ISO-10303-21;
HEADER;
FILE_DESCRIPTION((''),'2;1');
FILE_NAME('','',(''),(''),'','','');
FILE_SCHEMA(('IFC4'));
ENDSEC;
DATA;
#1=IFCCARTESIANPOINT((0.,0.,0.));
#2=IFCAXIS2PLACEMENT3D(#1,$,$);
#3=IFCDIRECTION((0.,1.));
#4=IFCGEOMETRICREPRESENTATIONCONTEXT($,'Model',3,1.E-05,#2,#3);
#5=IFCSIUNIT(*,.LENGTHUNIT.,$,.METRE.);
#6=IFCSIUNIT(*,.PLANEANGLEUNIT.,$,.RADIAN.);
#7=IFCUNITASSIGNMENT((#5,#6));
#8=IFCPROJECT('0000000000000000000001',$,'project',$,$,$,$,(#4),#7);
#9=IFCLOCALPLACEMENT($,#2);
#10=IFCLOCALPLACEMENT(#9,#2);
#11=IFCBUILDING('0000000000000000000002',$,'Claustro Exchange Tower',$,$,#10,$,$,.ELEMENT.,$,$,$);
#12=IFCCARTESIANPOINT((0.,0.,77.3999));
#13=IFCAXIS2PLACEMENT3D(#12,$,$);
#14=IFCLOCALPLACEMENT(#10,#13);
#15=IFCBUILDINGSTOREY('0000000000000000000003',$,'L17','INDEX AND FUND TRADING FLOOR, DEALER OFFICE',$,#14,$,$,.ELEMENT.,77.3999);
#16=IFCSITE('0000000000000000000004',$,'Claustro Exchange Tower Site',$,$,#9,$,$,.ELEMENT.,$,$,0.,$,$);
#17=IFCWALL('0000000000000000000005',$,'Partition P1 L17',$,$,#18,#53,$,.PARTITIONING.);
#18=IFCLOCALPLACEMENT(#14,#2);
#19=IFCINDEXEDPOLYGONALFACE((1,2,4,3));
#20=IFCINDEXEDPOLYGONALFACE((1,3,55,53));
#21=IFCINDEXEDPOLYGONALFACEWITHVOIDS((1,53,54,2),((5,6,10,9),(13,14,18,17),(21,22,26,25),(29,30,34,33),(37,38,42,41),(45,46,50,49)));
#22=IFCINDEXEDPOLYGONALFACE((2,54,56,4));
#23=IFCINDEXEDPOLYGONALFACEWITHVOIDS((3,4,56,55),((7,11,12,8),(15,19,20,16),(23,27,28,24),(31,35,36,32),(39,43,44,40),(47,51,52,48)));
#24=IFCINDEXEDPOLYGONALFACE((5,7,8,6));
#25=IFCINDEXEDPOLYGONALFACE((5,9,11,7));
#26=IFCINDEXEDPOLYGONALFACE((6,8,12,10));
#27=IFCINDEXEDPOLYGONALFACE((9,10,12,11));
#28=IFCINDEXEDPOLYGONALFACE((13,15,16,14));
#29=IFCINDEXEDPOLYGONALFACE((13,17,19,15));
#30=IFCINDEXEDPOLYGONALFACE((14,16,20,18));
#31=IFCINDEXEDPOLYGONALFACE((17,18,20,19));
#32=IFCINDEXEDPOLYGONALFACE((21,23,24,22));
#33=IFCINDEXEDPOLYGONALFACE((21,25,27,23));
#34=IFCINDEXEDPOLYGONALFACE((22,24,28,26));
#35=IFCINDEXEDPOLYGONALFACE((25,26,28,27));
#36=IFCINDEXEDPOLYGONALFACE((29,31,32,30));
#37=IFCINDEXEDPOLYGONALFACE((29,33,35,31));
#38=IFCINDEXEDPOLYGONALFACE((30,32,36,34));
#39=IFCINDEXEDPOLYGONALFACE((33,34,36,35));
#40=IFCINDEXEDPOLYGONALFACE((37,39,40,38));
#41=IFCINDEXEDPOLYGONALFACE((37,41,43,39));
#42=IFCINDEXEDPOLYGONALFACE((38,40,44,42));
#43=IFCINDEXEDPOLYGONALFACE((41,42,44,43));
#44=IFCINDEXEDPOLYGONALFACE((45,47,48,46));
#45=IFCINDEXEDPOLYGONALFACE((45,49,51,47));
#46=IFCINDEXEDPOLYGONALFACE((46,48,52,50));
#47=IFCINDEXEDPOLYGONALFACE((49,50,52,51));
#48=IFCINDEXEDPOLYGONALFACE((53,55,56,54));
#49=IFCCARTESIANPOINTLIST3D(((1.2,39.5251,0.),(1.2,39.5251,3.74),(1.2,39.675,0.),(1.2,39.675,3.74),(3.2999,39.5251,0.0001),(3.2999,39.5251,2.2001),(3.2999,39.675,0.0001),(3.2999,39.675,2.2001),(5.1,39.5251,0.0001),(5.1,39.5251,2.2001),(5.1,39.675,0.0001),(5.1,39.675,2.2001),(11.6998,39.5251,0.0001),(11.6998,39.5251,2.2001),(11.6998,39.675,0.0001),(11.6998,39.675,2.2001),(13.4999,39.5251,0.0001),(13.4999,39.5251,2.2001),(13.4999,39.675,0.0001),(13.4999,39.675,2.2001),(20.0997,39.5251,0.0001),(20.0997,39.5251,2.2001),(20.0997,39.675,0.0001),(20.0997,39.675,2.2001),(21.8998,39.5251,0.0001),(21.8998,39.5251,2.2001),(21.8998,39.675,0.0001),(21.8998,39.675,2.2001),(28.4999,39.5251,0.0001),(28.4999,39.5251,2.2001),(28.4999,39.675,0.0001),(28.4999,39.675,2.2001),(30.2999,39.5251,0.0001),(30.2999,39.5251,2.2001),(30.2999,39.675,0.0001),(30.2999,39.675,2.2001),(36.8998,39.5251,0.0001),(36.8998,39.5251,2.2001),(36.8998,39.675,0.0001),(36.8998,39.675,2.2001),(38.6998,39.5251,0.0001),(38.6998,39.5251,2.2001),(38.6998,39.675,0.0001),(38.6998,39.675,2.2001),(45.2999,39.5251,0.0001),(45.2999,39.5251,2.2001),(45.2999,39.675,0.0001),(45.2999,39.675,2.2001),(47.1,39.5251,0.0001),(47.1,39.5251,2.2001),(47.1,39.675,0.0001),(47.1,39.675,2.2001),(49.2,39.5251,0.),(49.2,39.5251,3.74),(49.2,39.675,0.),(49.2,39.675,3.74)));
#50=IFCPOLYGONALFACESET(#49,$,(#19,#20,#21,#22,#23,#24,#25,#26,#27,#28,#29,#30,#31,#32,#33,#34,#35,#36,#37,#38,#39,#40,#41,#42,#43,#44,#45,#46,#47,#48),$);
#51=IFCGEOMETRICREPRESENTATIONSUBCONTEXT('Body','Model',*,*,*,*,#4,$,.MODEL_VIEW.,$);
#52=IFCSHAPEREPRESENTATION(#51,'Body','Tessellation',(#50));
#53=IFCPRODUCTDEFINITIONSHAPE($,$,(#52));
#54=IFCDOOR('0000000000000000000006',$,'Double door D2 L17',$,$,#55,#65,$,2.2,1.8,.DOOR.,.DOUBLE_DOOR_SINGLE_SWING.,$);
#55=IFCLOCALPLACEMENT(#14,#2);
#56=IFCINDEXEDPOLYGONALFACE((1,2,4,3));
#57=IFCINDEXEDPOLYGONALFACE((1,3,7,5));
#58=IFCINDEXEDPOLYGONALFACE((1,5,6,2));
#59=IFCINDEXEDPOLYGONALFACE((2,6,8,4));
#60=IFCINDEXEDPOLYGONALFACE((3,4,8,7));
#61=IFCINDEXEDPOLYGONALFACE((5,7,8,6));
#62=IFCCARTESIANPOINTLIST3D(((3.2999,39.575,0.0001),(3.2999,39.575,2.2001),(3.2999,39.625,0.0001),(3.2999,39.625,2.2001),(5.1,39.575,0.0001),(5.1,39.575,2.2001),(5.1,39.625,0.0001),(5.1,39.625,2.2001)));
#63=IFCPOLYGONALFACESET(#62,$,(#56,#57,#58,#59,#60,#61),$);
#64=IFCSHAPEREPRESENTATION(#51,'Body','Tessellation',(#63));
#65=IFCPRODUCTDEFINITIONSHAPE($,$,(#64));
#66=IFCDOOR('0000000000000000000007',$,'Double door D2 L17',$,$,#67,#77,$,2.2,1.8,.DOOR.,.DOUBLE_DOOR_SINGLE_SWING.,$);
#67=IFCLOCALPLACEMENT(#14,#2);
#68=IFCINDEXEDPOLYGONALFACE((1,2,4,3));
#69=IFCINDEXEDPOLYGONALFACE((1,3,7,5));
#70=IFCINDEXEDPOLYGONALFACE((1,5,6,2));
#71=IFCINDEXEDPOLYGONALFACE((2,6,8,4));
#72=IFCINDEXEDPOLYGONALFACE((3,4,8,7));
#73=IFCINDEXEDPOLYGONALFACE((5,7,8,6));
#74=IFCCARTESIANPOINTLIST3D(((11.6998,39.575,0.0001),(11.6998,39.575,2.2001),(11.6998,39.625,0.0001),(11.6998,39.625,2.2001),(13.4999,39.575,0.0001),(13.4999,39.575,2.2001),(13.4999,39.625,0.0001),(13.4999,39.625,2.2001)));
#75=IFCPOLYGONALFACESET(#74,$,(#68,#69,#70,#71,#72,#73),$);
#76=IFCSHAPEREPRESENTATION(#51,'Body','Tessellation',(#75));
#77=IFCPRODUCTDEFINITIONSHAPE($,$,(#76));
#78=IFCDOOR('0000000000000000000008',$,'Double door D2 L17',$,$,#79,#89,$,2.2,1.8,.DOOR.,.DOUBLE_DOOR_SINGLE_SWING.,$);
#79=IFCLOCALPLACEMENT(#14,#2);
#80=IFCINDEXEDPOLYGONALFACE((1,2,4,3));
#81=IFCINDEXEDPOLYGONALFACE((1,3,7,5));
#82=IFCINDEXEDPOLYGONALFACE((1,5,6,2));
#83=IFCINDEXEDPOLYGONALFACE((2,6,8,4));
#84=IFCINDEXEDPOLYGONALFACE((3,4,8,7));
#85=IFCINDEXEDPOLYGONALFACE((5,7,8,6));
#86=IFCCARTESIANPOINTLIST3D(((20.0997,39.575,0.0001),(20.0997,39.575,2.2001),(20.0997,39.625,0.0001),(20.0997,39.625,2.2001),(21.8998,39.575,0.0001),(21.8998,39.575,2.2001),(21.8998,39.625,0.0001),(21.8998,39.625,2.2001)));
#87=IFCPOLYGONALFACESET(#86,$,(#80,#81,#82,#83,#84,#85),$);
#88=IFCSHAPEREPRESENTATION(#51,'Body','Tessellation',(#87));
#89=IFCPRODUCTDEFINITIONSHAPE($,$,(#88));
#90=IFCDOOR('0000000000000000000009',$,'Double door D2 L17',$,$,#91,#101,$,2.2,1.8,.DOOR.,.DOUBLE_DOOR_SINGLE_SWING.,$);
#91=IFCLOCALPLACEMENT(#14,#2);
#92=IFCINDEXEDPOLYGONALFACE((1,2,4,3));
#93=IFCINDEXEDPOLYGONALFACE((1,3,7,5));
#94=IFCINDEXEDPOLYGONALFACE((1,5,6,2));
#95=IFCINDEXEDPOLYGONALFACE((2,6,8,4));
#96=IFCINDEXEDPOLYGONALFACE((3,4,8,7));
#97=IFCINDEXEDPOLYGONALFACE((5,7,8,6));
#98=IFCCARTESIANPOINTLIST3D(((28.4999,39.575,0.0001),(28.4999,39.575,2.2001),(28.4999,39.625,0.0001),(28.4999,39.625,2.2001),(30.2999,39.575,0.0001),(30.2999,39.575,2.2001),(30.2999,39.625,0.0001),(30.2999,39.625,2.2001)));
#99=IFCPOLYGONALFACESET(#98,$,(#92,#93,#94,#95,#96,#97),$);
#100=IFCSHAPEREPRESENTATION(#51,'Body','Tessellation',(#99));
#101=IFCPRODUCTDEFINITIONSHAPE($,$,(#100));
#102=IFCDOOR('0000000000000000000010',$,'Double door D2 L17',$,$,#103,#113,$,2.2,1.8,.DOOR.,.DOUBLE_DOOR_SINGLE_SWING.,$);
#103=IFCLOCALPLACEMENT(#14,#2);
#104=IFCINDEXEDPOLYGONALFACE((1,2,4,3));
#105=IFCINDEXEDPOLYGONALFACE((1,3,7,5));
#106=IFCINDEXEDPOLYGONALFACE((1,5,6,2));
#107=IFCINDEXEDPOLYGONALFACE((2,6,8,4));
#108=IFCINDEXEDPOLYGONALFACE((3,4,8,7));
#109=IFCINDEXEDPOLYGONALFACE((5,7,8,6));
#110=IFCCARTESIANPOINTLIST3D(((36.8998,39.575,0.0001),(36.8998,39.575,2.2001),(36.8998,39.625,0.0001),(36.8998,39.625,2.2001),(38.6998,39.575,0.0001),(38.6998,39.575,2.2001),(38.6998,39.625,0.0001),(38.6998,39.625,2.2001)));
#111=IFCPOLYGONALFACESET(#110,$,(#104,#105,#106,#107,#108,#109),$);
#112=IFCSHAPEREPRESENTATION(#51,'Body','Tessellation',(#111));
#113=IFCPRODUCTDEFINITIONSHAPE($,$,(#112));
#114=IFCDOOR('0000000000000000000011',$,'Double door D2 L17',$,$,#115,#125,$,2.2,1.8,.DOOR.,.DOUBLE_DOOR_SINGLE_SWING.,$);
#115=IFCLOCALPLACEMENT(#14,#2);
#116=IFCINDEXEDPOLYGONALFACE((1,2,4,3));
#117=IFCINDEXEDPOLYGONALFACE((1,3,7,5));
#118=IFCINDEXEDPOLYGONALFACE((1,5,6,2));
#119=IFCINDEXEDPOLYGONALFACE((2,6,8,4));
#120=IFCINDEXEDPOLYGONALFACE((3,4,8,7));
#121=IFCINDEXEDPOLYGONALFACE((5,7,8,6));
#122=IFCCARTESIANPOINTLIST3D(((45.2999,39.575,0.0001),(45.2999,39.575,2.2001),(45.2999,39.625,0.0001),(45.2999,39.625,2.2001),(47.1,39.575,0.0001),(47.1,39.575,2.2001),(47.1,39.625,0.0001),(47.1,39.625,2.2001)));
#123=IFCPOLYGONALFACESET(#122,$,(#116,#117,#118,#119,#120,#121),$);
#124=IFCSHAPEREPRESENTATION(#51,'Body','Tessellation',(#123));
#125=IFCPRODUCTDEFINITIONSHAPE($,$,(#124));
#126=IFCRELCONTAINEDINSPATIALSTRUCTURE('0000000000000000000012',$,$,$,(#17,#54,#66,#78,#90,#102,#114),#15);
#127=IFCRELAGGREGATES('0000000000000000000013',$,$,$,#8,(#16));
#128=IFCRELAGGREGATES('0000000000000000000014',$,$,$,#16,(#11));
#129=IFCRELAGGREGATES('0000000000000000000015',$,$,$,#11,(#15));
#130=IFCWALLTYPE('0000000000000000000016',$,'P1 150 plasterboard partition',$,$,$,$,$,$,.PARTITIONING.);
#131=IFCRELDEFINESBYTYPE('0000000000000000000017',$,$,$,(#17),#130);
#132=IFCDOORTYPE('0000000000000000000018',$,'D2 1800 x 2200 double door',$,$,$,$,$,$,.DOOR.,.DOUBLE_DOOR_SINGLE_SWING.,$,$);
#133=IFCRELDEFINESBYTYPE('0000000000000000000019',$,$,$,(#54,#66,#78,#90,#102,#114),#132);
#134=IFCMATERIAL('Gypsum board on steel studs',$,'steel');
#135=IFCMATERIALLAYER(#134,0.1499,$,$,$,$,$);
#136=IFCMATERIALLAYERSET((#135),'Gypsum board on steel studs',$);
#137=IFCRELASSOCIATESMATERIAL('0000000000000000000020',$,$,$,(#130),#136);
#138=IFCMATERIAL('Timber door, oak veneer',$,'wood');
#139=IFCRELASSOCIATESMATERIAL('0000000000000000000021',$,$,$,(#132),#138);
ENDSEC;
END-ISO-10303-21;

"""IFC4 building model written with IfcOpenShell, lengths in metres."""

from ifc_helpers import new_model, si_unit, direction, frame, frame_2d, origin, place, context, subcontext, project, spatial, rectangle, extrude, material, layer, layer_set, type_object, element, fill, save


model = new_model("IFC4")

# Units and contexts
model_context = context("Model", 3, precision=1e-05, world=origin(), true_north=direction((0.0, 1.0)))
body_context = subcontext(model_context, "Body", "Model", "MODEL_VIEW")
ifc_project = project(units=[si_unit("LENGTHUNIT", "METRE"), si_unit("PLANEANGLEUNIT", "RADIAN")], contexts=[model_context])

# Site, building, storey
site_placement = place(None, origin())
site = spatial("IfcSite", under=ifc_project, at=site_placement, Name="Claustro Exchange Tower Site", CompositionType="ELEMENT", RefElevation=0.0)
building_placement = place(site_placement, origin())
building = spatial("IfcBuilding", under=site, at=building_placement, Name="Claustro Exchange Tower", CompositionType="ELEMENT")
storey_placement = place(building_placement, frame((0.0, 0.0, 77.3999)))
storey = spatial("IfcBuildingStorey", under=building, at=storey_placement, Name="L17", Description="INDEX AND FUND TRADING FLOOR, DEALER OFFICE", CompositionType="ELEMENT", Elevation=77.3999)

# Shared definitions
ifc_material_1 = material(Name="Gypsum board on steel studs", Category="steel")
ifc_layer_1 = layer(ifc_material_1, 0.1499)
ifc_layer_set_1 = layer_set([ifc_layer_1], Name="Gypsum board on steel studs")
wall_type_1 = type_object("IfcWallType", Name="P1 150 plasterboard partition", PredefinedType="PARTITIONING", material=ifc_layer_set_1)

# Wall, openings, doors
wall_1_placement = place(storey_placement, frame((1.2, 39.6001, 0.0), z_axis=(0.0, 0.0, 1.0), x_axis=(1.0, 0.0, 0.0)))
wall_1 = element("IfcWall", 1, at=wall_1_placement, inside=storey, type_object=wall_type_1, Name="Partition P1 L17", PredefinedType="PARTITIONING", context=body_context, shape_type="SweptSolid", body=[
    extrude(rectangle(XDim=48.0, YDim=0.1499, at=frame_2d((24.0, 0.0))), origin(), (0.0, 0.0, 1.0), 3.74),
])
opening_1_placement = place(wall_1_placement, frame((2.1001, 0.0, 0.0)))
opening_1 = element("IfcOpeningElement", 2, at=opening_1_placement, cuts=wall_1, PredefinedType="OPENING", context=body_context, shape_type="SweptSolid", body=[
    extrude(rectangle(XDim=1.8, YDim=2.2, at=frame_2d((0.8999, 1.1001))), frame((0.0, 0.085, 0.0), z_axis=(0.0, -1.0, 0.0), x_axis=(1.0, 0.0, 0.0)), (0.0, 0.0, 1.0), 0.1699),
])
opening_2_placement = place(wall_1_placement, frame((10.5, 0.0, 0.0)))
opening_2 = element("IfcOpeningElement", 3, at=opening_2_placement, cuts=wall_1, PredefinedType="OPENING", context=body_context, shape_type="SweptSolid", body=[
    extrude(rectangle(XDim=1.8, YDim=2.2, at=frame_2d((0.8999, 1.1001))), frame((0.0, 0.085, 0.0), z_axis=(0.0, -1.0, 0.0), x_axis=(1.0, 0.0, 0.0)), (0.0, 0.0, 1.0), 0.1699),
])
opening_3_placement = place(wall_1_placement, frame((18.8999, 0.0, 0.0)))
opening_3 = element("IfcOpeningElement", 4, at=opening_3_placement, cuts=wall_1, PredefinedType="OPENING", context=body_context, shape_type="SweptSolid", body=[
    extrude(rectangle(XDim=1.8, YDim=2.2, at=frame_2d((0.8999, 1.1001))), frame((0.0, 0.085, 0.0), z_axis=(0.0, -1.0, 0.0), x_axis=(1.0, 0.0, 0.0)), (0.0, 0.0, 1.0), 0.1699),
])
opening_4_placement = place(wall_1_placement, frame((27.3, 0.0, 0.0)))
opening_4 = element("IfcOpeningElement", 5, at=opening_4_placement, cuts=wall_1, PredefinedType="OPENING", context=body_context, shape_type="SweptSolid", body=[
    extrude(rectangle(XDim=1.8, YDim=2.2, at=frame_2d((0.8999, 1.1001))), frame((0.0, 0.085, 0.0), z_axis=(0.0, -1.0, 0.0), x_axis=(1.0, 0.0, 0.0)), (0.0, 0.0, 1.0), 0.1699),
])
opening_5_placement = place(wall_1_placement, frame((35.7, 0.0, 0.0)))
opening_5 = element("IfcOpeningElement", 6, at=opening_5_placement, cuts=wall_1, PredefinedType="OPENING", context=body_context, shape_type="SweptSolid", body=[
    extrude(rectangle(XDim=1.8, YDim=2.2, at=frame_2d((0.8999, 1.1001))), frame((0.0, 0.085, 0.0), z_axis=(0.0, -1.0, 0.0), x_axis=(1.0, 0.0, 0.0)), (0.0, 0.0, 1.0), 0.1699),
])
opening_6_placement = place(wall_1_placement, frame((44.1001, 0.0, 0.0)))
opening_6 = element("IfcOpeningElement", 7, at=opening_6_placement, cuts=wall_1, PredefinedType="OPENING", context=body_context, shape_type="SweptSolid", body=[
    extrude(rectangle(XDim=1.8, YDim=2.2, at=frame_2d((0.8999, 1.1001))), frame((0.0, 0.085, 0.0), z_axis=(0.0, -1.0, 0.0), x_axis=(1.0, 0.0, 0.0)), (0.0, 0.0, 1.0), 0.1699),
])
ifc_material_2 = material(Name="Timber door, oak veneer", Category="wood")
door_type_1 = type_object("IfcDoorType", Name="D2 1800 x 2200 double door", OperationType="DOUBLE_DOOR_SINGLE_SWING", PredefinedType="DOOR", material=ifc_material_2)
door_1_placement = place(opening_1_placement, origin())
door_1 = element("IfcDoor", 8, at=door_1_placement, inside=storey, type_object=door_type_1, Name="Double door D2 L17", OperationType="DOUBLE_DOOR_SINGLE_SWING", OverallHeight=2.2, OverallWidth=1.8, PredefinedType="DOOR", context=body_context, shape_type="SweptSolid", body=[
    extrude(rectangle(XDim=1.8, YDim=2.2, at=frame_2d((0.8999, 1.1001))), frame((0.0, 0.0249, 0.0), z_axis=(0.0, -1.0, 0.0), x_axis=(1.0, 0.0, 0.0)), (0.0, 0.0, 1.0), 0.05),
])
fill(opening_1, door_1)
door_2_placement = place(opening_2_placement, origin())
door_2 = element("IfcDoor", 9, at=door_2_placement, inside=storey, type_object=door_type_1, Name="Double door D2 L17", OperationType="DOUBLE_DOOR_SINGLE_SWING", OverallHeight=2.2, OverallWidth=1.8, PredefinedType="DOOR", context=body_context, shape_type="SweptSolid", body=[
    extrude(rectangle(XDim=1.8, YDim=2.2, at=frame_2d((0.8999, 1.1001))), frame((0.0, 0.0249, 0.0), z_axis=(0.0, -1.0, 0.0), x_axis=(1.0, 0.0, 0.0)), (0.0, 0.0, 1.0), 0.05),
])
fill(opening_2, door_2)
door_3_placement = place(opening_3_placement, origin())
door_3 = element("IfcDoor", 10, at=door_3_placement, inside=storey, type_object=door_type_1, Name="Double door D2 L17", OperationType="DOUBLE_DOOR_SINGLE_SWING", OverallHeight=2.2, OverallWidth=1.8, PredefinedType="DOOR", context=body_context, shape_type="SweptSolid", body=[
    extrude(rectangle(XDim=1.8, YDim=2.2, at=frame_2d((0.8999, 1.1001))), frame((0.0, 0.0249, 0.0), z_axis=(0.0, -1.0, 0.0), x_axis=(1.0, 0.0, 0.0)), (0.0, 0.0, 1.0), 0.05),
])
fill(opening_3, door_3)
door_4_placement = place(opening_4_placement, origin())
door_4 = element("IfcDoor", 11, at=door_4_placement, inside=storey, type_object=door_type_1, Name="Double door D2 L17", OperationType="DOUBLE_DOOR_SINGLE_SWING", OverallHeight=2.2, OverallWidth=1.8, PredefinedType="DOOR", context=body_context, shape_type="SweptSolid", body=[
    extrude(rectangle(XDim=1.8, YDim=2.2, at=frame_2d((0.8999, 1.1001))), frame((0.0, 0.0249, 0.0), z_axis=(0.0, -1.0, 0.0), x_axis=(1.0, 0.0, 0.0)), (0.0, 0.0, 1.0), 0.05),
])
fill(opening_4, door_4)
door_5_placement = place(opening_5_placement, origin())
door_5 = element("IfcDoor", 12, at=door_5_placement, inside=storey, type_object=door_type_1, Name="Double door D2 L17", OperationType="DOUBLE_DOOR_SINGLE_SWING", OverallHeight=2.2, OverallWidth=1.8, PredefinedType="DOOR", context=body_context, shape_type="SweptSolid", body=[
    extrude(rectangle(XDim=1.8, YDim=2.2, at=frame_2d((0.8999, 1.1001))), frame((0.0, 0.0249, 0.0), z_axis=(0.0, -1.0, 0.0), x_axis=(1.0, 0.0, 0.0)), (0.0, 0.0, 1.0), 0.05),
])
fill(opening_5, door_5)
door_6_placement = place(opening_6_placement, origin())
door_6 = element("IfcDoor", 13, at=door_6_placement, inside=storey, type_object=door_type_1, Name="Double door D2 L17", OperationType="DOUBLE_DOOR_SINGLE_SWING", OverallHeight=2.2, OverallWidth=1.8, PredefinedType="DOOR", context=body_context, shape_type="SweptSolid", body=[
    extrude(rectangle(XDim=1.8, YDim=2.2, at=frame_2d((0.8999, 1.1001))), frame((0.0, 0.0249, 0.0), z_axis=(0.0, -1.0, 0.0), x_axis=(1.0, 0.0, 0.0)), (0.0, 0.0, 1.0), 0.05),
])
fill(opening_6, door_6)

save(model, "model.ifc")
